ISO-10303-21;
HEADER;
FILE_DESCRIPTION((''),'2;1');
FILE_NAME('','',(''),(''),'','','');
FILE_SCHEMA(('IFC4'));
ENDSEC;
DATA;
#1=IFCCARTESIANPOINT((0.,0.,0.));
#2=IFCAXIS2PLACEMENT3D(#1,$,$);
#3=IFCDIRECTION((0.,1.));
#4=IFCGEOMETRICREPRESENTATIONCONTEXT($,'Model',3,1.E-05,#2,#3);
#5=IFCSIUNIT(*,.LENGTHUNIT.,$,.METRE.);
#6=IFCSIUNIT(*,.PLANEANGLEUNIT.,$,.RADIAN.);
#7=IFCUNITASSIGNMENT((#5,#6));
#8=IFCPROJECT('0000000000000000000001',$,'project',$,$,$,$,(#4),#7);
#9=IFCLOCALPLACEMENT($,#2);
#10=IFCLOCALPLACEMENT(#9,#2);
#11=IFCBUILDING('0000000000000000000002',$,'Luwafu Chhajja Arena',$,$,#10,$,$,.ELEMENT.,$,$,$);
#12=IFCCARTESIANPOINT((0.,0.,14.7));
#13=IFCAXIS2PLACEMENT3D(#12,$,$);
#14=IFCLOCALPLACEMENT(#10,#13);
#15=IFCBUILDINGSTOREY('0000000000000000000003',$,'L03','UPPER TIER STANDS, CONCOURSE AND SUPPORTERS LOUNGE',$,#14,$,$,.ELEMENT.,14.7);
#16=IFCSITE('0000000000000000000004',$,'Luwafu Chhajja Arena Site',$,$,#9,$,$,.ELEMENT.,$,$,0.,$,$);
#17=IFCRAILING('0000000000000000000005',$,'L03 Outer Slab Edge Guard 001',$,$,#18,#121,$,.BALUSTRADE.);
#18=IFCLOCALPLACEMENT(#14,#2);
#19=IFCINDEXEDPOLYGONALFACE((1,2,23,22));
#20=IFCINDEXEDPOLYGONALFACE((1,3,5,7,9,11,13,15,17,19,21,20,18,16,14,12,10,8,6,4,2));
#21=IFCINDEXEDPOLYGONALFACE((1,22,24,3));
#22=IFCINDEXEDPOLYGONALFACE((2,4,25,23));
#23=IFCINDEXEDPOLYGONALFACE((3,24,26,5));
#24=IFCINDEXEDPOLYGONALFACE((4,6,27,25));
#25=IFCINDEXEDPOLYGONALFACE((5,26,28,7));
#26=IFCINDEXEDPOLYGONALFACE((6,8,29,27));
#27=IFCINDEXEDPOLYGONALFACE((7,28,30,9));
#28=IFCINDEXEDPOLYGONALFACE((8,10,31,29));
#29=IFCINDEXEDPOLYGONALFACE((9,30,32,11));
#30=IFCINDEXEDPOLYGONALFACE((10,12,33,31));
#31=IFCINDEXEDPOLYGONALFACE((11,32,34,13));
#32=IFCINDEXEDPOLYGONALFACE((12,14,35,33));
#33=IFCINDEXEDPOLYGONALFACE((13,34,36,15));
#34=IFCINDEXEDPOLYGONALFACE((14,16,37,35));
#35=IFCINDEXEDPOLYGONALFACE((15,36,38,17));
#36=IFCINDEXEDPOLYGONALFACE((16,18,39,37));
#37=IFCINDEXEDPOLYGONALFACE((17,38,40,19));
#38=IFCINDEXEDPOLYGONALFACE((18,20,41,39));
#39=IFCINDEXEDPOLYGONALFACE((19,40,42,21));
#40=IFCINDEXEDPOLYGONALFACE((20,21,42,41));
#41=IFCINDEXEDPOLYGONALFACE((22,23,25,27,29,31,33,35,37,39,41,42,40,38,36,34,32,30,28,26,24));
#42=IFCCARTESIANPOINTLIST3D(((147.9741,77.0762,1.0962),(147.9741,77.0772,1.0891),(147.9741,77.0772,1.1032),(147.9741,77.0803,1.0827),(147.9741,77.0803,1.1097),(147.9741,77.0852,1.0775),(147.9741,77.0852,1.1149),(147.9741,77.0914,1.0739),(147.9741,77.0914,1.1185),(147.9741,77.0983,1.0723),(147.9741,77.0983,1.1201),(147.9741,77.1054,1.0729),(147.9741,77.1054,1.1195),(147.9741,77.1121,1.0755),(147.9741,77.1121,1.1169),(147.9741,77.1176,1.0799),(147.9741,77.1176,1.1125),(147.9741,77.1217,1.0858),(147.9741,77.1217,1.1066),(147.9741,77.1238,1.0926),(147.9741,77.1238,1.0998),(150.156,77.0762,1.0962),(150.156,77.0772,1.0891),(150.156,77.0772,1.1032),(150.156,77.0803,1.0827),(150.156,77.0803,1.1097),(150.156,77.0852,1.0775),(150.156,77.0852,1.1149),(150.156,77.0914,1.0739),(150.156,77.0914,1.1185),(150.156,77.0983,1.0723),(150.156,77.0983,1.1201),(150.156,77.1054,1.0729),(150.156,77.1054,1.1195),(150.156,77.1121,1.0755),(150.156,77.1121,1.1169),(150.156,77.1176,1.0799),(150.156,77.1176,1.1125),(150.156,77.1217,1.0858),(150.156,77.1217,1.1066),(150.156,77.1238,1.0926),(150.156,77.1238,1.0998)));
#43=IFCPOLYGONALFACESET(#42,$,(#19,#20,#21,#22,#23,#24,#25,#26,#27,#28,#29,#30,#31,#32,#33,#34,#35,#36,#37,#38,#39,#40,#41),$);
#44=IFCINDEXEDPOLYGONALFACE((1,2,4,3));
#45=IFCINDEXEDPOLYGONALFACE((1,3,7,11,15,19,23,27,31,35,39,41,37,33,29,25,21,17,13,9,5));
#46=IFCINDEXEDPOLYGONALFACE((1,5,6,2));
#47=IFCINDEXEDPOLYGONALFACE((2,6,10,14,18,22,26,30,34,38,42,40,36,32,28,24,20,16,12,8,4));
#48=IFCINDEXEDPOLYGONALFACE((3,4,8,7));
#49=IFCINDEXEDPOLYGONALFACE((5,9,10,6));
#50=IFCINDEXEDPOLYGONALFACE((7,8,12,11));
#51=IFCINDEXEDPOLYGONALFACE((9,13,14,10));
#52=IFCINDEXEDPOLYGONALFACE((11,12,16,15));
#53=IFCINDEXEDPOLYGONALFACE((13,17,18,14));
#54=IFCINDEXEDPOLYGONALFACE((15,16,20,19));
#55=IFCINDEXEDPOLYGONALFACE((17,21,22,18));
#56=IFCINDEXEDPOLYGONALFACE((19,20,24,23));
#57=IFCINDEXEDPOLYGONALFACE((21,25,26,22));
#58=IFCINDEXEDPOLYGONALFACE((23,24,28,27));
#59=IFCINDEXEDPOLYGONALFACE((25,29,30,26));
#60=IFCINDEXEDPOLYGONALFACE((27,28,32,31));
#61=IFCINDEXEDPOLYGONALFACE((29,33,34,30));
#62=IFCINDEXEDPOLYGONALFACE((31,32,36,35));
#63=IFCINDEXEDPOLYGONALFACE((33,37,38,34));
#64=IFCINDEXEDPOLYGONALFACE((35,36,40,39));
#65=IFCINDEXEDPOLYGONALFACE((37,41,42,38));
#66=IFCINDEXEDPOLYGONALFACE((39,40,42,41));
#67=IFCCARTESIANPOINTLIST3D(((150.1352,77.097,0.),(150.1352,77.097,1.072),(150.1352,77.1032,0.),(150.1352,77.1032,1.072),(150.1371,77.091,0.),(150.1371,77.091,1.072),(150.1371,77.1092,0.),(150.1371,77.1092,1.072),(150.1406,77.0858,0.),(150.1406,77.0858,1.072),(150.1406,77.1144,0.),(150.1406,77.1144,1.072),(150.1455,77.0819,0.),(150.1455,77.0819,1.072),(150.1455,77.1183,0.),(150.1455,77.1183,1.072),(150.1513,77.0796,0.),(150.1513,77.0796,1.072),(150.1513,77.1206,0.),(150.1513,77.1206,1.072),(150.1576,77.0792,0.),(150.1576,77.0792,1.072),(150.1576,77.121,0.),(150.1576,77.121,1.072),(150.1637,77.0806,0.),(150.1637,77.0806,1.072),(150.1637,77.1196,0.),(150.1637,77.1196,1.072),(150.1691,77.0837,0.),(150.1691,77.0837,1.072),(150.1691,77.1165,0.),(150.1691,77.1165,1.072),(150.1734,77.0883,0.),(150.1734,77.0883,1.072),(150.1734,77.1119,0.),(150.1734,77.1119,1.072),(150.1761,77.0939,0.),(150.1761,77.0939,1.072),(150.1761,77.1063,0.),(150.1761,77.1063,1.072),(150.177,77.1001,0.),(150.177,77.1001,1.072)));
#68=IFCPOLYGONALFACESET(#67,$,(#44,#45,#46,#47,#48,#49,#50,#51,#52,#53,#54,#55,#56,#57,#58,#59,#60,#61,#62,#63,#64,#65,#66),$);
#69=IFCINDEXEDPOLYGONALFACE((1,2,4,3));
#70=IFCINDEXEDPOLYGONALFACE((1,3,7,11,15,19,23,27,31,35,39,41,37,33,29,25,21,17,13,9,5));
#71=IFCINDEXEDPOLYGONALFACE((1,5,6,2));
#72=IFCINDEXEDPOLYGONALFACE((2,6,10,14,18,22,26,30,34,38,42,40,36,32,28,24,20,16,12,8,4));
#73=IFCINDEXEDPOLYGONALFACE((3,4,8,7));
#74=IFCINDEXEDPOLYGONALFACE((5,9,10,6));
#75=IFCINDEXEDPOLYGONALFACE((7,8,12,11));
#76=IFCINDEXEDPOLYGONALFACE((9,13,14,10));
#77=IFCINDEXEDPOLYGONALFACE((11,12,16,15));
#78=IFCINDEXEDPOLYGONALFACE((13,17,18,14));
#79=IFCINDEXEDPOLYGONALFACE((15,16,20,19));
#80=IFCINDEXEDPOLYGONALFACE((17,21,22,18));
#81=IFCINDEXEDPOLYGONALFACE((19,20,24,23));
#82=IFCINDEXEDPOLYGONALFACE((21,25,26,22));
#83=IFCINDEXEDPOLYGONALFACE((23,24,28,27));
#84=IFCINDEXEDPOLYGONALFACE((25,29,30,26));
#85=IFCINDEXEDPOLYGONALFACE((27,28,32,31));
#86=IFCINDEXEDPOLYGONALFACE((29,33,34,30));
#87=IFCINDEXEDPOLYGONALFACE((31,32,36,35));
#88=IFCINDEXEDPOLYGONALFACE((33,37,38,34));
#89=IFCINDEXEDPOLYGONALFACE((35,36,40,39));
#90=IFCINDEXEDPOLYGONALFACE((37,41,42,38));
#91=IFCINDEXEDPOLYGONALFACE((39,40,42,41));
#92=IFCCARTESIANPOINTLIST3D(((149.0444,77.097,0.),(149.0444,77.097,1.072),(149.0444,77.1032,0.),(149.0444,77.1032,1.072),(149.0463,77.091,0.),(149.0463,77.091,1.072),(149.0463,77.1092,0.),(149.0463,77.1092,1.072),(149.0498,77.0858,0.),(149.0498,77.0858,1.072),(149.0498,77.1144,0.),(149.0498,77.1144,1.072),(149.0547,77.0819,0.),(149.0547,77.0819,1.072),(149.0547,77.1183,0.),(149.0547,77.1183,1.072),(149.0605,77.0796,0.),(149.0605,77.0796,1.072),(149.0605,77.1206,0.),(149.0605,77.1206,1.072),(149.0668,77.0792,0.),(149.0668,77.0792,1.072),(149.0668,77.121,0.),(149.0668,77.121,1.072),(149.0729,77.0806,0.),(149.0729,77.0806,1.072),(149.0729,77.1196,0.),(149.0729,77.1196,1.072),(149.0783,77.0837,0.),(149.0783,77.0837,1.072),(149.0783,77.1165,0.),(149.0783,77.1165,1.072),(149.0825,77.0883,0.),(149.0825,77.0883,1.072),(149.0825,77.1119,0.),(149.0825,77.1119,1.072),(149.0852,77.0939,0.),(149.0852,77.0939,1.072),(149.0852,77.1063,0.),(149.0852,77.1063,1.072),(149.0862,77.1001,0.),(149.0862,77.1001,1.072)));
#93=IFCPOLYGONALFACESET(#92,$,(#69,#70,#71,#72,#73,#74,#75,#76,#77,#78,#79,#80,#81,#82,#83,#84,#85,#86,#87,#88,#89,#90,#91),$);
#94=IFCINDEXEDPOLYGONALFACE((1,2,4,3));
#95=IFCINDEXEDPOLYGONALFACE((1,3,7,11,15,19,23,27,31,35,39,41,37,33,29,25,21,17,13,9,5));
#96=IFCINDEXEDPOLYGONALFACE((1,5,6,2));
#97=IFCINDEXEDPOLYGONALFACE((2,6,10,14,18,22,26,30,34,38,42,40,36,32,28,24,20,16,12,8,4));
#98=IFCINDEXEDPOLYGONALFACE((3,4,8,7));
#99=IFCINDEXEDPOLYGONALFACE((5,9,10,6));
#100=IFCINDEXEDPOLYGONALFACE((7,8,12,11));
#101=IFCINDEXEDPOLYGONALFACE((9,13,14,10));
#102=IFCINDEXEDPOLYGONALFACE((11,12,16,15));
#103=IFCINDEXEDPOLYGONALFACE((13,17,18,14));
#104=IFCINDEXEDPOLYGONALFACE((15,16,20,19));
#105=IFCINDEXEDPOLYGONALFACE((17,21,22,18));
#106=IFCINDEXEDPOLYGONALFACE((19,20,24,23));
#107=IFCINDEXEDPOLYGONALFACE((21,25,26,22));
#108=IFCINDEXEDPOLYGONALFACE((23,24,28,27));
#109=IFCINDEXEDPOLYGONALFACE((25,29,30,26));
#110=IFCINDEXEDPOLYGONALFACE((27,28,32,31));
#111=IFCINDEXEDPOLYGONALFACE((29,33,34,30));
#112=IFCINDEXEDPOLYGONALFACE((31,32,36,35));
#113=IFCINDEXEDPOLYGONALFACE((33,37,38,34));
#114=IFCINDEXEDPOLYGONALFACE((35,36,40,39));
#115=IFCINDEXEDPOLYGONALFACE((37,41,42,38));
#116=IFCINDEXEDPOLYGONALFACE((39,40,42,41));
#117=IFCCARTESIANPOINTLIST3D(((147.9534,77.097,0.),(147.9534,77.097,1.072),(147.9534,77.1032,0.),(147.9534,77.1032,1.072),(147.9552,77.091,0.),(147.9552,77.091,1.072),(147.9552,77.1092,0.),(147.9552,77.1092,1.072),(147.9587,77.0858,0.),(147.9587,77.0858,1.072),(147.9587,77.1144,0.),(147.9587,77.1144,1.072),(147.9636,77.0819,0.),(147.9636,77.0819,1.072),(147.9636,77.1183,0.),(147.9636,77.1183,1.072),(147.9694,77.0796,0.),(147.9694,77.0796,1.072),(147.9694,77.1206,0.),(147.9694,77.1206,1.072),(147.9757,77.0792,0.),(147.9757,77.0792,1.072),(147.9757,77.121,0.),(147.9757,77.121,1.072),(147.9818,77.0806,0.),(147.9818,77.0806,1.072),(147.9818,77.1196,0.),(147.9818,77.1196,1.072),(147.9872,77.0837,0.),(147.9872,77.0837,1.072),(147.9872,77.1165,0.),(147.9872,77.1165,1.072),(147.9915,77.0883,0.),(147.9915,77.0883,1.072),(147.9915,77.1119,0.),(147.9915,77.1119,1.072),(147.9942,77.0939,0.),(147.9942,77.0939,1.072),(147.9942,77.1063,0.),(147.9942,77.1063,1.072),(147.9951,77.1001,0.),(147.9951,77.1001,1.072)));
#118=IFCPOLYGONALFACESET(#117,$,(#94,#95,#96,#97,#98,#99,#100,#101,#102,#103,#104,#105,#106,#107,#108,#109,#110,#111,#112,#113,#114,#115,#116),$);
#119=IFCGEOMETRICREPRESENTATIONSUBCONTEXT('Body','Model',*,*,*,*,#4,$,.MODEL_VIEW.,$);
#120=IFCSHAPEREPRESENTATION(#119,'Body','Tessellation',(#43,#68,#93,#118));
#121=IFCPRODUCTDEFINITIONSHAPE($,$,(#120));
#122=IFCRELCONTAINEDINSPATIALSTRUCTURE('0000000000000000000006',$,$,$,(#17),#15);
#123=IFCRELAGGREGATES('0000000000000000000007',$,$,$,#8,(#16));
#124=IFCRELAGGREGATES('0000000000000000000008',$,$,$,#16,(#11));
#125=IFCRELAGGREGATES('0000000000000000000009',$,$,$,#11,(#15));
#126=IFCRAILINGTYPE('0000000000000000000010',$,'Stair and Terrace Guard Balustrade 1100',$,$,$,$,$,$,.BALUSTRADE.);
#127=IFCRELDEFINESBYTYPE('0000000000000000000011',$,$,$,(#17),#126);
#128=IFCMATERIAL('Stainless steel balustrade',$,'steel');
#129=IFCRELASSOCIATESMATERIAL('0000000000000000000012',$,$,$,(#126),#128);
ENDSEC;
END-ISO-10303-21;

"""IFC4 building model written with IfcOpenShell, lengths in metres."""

from ifc_helpers import new_model, si_unit, direction, frame, origin, origin_2d, place, context, subcontext, project, spatial, circle, extrude, material, type_object, element, save


model = new_model("IFC4")

# Units and contexts
model_context = context("Model", 3, precision=1e-05, world=origin(), true_north=direction((0.0, 1.0)))
body_context = subcontext(model_context, "Body", "Model", "MODEL_VIEW")
ifc_project = project(units=[si_unit("LENGTHUNIT", "METRE"), si_unit("PLANEANGLEUNIT", "RADIAN")], contexts=[model_context])

# Site, building, storey
site_placement = place(None, origin())
site = spatial("IfcSite", under=ifc_project, at=site_placement, Name="Luwafu Chhajja Arena Site", CompositionType="ELEMENT", RefElevation=0.0)
building_placement = place(site_placement, origin())
building = spatial("IfcBuilding", under=site, at=building_placement, Name="Luwafu Chhajja Arena", CompositionType="ELEMENT")
storey_placement = place(building_placement, frame((0.0, 0.0, 14.7)))
storey = spatial("IfcBuildingStorey", under=building, at=storey_placement, Name="L03", Description="UPPER TIER STANDS, CONCOURSE AND SUPPORTERS LOUNGE", CompositionType="ELEMENT", Elevation=14.7)

# Railing
ifc_material_1 = material(Name="Stainless steel balustrade", Category="steel")
railing_type_1 = type_object("IfcRailingType", Name="Stair and Terrace Guard Balustrade 1100", PredefinedType="BALUSTRADE", material=ifc_material_1)
railing_1_placement = place(storey_placement, frame((150.156, 77.1001, 0.0)))
element("IfcRailing", 1, at=railing_1_placement, inside=storey, type_object=railing_type_1, Name="L03 Outer Slab Edge Guard 001", PredefinedType="BALUSTRADE", context=body_context, shape_type="SweptSolid", body=[
    extrude(circle(Radius=0.0239, at=origin_2d()), frame((0.0, 0.0, 1.0962), z_axis=(-1.0, 0.0, 0.0), x_axis=(0.0, -1.0, 0.0)), (0.0, 0.0, 1.0), 2.1819),
    extrude(circle(Radius=0.021, at=origin_2d()), origin(), (0.0, 0.0, 1.0), 1.072),
    extrude(circle(Radius=0.021, at=origin_2d()), frame((-1.0908, 0.0, 0.0)), (0.0, 0.0, 1.0), 1.072),
    extrude(circle(Radius=0.021, at=origin_2d()), frame((-2.1819, 0.0, 0.0)), (0.0, 0.0, 1.0), 1.072),
])

save(model, "model.ifc")
